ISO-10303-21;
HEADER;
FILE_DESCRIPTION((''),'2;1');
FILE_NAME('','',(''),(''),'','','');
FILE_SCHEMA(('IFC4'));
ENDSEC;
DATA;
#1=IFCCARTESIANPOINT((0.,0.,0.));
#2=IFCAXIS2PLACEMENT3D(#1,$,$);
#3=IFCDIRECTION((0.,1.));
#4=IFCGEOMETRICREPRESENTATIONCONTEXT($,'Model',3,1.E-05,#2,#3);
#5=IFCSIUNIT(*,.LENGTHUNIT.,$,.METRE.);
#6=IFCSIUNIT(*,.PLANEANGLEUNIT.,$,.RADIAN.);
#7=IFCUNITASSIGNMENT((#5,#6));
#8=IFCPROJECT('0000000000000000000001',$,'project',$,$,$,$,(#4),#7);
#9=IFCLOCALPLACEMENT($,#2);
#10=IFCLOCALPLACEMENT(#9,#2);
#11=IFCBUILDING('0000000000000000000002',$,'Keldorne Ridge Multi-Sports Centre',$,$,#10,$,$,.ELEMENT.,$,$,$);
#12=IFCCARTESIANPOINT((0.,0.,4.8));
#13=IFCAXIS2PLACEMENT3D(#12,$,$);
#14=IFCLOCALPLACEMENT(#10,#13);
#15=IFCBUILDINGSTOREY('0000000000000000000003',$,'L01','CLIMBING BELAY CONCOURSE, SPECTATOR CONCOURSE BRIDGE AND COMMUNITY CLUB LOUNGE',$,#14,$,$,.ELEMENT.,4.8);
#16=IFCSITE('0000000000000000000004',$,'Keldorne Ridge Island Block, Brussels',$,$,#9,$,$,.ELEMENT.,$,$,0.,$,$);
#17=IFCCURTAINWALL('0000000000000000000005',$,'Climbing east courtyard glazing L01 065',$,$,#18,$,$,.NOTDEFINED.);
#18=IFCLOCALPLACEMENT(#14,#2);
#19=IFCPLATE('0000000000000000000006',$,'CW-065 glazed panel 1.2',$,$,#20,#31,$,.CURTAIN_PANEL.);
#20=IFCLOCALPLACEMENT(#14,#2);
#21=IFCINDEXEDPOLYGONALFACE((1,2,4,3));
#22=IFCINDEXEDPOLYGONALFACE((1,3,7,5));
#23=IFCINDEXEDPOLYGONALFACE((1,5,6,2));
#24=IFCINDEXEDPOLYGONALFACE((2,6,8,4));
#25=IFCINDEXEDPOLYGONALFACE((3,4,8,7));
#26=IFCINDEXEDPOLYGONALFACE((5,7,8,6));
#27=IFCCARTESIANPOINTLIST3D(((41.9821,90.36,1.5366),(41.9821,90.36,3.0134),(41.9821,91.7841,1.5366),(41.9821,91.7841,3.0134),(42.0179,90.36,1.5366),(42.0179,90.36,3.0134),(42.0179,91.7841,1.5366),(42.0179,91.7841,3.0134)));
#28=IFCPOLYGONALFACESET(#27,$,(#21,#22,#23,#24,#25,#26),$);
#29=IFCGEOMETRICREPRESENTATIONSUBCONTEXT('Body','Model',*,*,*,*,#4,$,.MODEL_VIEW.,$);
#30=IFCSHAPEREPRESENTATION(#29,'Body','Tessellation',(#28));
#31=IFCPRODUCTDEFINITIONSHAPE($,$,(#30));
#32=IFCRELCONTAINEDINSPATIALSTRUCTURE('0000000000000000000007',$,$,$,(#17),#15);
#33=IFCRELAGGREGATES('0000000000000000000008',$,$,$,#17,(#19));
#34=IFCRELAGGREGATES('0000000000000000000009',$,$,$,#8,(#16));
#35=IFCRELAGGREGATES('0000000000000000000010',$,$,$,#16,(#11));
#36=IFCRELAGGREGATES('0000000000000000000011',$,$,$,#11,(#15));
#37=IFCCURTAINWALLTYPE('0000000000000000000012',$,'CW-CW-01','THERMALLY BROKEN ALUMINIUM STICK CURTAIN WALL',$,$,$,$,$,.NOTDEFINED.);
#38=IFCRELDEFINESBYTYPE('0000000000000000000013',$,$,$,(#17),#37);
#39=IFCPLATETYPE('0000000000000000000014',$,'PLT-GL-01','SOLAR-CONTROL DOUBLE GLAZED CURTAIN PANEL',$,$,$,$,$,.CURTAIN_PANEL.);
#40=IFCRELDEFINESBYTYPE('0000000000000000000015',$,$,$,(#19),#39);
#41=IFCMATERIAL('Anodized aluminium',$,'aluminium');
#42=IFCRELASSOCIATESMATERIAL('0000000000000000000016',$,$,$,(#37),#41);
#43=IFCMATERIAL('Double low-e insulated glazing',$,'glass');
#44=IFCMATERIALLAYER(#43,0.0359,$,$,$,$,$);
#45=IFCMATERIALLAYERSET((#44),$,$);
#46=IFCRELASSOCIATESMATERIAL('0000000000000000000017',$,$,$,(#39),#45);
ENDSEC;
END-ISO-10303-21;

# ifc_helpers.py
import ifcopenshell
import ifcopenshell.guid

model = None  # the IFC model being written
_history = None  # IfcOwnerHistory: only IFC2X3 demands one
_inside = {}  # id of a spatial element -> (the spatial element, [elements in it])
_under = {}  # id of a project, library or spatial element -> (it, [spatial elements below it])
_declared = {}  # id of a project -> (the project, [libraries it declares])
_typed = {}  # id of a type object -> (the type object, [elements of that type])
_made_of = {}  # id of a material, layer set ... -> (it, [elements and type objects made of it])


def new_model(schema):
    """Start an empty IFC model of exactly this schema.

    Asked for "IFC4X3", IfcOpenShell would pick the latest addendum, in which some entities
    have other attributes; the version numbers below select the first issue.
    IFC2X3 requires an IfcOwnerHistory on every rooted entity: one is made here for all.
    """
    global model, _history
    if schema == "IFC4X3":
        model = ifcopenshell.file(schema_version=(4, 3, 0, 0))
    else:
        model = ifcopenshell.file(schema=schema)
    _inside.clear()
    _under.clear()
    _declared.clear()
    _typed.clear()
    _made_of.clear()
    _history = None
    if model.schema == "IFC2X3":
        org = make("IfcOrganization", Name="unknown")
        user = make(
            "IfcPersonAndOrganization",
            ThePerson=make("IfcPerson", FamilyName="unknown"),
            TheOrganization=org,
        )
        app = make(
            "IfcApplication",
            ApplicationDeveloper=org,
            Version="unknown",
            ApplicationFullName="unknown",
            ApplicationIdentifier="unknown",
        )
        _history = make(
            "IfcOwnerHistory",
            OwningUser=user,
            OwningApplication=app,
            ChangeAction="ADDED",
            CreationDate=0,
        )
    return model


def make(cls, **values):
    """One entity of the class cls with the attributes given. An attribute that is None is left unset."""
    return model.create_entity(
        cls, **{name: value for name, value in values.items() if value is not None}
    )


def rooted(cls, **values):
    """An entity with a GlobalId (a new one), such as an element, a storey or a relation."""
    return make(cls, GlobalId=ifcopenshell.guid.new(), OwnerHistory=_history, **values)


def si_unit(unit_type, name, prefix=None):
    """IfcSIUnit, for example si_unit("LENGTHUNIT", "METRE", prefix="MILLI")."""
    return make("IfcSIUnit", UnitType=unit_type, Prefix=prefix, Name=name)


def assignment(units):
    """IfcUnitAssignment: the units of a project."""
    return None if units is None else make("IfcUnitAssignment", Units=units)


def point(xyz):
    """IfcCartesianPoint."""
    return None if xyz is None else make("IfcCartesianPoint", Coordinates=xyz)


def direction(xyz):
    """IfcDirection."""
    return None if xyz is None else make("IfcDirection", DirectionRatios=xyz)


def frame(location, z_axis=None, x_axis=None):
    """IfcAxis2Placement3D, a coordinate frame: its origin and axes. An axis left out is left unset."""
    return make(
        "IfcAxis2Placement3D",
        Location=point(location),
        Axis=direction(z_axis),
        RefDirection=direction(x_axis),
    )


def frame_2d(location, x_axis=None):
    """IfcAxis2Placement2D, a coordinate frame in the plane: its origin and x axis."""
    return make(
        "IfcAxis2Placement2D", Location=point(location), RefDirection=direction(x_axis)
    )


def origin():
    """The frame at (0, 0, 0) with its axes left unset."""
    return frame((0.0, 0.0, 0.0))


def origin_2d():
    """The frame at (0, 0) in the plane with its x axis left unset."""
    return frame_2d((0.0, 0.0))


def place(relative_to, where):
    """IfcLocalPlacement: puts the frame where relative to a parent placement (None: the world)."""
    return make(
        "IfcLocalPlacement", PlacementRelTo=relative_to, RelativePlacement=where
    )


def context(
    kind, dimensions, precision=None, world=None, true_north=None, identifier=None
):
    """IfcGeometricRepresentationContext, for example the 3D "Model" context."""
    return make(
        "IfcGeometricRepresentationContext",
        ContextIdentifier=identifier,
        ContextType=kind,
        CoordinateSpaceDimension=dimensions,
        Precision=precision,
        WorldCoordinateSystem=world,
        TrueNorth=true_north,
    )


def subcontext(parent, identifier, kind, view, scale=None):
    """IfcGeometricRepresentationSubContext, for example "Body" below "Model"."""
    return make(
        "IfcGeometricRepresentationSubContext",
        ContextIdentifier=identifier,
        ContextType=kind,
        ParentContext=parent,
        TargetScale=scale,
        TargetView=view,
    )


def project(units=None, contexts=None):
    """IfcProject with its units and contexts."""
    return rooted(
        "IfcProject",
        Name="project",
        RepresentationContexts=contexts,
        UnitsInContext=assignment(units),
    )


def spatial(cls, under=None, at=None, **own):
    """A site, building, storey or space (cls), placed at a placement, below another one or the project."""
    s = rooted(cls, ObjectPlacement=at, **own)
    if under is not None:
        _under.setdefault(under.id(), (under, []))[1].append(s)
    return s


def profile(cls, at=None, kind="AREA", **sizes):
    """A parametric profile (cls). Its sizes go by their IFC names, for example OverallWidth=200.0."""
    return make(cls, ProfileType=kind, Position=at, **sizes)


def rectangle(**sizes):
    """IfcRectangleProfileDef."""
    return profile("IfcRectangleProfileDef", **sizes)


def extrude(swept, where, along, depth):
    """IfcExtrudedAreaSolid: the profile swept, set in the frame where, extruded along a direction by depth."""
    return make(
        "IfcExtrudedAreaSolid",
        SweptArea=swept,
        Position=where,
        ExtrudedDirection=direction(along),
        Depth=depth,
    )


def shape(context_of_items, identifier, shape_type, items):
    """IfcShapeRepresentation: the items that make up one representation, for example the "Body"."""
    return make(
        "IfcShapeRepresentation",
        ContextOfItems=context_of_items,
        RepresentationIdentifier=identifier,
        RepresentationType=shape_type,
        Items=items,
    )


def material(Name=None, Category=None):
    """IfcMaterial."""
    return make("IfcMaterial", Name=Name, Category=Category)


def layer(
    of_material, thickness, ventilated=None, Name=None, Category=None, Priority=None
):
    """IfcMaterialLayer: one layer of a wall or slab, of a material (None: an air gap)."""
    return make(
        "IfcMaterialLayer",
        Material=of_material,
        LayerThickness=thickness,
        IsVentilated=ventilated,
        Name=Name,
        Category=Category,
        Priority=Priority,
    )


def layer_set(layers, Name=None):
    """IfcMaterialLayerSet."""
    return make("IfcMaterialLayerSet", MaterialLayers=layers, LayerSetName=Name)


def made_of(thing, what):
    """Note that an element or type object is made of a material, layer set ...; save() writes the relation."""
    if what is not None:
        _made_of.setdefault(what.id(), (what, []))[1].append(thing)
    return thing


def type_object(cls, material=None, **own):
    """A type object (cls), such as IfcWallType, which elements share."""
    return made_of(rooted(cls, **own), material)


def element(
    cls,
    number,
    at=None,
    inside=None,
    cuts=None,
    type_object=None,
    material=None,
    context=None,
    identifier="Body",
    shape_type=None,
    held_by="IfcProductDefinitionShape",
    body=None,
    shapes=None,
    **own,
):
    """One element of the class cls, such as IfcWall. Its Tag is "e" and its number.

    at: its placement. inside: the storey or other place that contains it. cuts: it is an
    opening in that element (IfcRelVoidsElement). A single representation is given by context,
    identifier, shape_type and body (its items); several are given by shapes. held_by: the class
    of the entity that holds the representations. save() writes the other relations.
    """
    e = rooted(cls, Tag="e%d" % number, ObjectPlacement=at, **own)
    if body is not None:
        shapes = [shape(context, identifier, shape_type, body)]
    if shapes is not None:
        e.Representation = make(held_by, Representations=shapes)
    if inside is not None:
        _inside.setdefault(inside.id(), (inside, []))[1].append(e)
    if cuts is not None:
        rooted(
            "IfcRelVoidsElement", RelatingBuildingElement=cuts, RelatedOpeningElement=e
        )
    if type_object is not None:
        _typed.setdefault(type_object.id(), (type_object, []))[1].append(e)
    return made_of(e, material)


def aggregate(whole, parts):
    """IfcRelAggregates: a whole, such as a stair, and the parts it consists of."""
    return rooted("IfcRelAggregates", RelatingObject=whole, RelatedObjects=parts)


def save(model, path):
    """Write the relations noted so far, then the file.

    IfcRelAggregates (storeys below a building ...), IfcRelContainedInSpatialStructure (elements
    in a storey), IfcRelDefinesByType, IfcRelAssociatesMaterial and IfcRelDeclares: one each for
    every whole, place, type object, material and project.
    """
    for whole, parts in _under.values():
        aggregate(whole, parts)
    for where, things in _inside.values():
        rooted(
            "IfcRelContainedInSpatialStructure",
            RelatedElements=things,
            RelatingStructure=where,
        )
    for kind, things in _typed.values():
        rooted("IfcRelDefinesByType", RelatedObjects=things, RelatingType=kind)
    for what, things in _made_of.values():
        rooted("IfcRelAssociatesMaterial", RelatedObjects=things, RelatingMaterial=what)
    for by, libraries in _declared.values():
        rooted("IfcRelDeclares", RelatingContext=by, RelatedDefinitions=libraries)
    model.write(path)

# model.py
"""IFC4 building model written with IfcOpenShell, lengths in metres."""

from ifc_helpers import new_model, si_unit, direction, frame, origin, origin_2d, place, context, subcontext, project, spatial, rectangle, extrude, material, layer, layer_set, type_object, element, aggregate, save


model = new_model("IFC4")

# Units and contexts
model_context = context("Model", 3, precision=1e-05, world=origin(), true_north=direction((0.0, 1.0)))
body_context = subcontext(model_context, "Body", "Model", "MODEL_VIEW")
ifc_project = project(units=[si_unit("LENGTHUNIT", "METRE"), si_unit("PLANEANGLEUNIT", "RADIAN")], contexts=[model_context])

# Site, building, storey
site_placement = place(None, origin())
site = spatial("IfcSite", under=ifc_project, at=site_placement, Name="Keldorne Ridge Island Block, Brussels", CompositionType="ELEMENT", RefElevation=0.0)
building_placement = place(site_placement, origin())
building = spatial("IfcBuilding", under=site, at=building_placement, Name="Keldorne Ridge Multi-Sports Centre", CompositionType="ELEMENT")
storey_placement = place(building_placement, frame((0.0, 0.0, 4.8)))
storey = spatial("IfcBuildingStorey", under=building, at=storey_placement, Name="L01", Description="CLIMBING BELAY CONCOURSE, SPECTATOR CONCOURSE BRIDGE AND COMMUNITY CLUB LOUNGE", CompositionType="ELEMENT", Elevation=4.8)

# Shared definitions
ifc_material_1 = material(Name="Anodized aluminium", Category="aluminium")

# Curtain wall
curtain_wall_type_1 = type_object("IfcCurtainWallType", Name="CW-CW-01", Description="THERMALLY BROKEN ALUMINIUM STICK CURTAIN WALL", PredefinedType="NOTDEFINED", material=ifc_material_1)
curtain_wall_1_placement = place(storey_placement, origin())
curtain_wall_1 = element("IfcCurtainWall", 1, at=curtain_wall_1_placement, inside=storey, type_object=curtain_wall_type_1, Name="Climbing east courtyard glazing L01 065", PredefinedType="NOTDEFINED")

# Plate
ifc_material_2 = material(Name="Double low-e insulated glazing", Category="glass")
ifc_layer = layer(ifc_material_2, 0.0359)
ifc_layer_set = layer_set([ifc_layer])
plate_type = type_object("IfcPlateType", Name="PLT-GL-01", Description="SOLAR-CONTROL DOUBLE GLAZED CURTAIN PANEL", PredefinedType="CURTAIN_PANEL", material=ifc_layer_set)
plate_1_placement = place(storey_placement, frame((42.0, 91.072, 1.5366), z_axis=(0.0, 0.0, 1.0), x_axis=(0.0, 1.0, 0.0)))
plate_1 = element("IfcPlate", 2, at=plate_1_placement, type_object=plate_type, Name="CW-065 glazed panel 1.2", PredefinedType="CURTAIN_PANEL", context=body_context, shape_type="SweptSolid", body=[
    extrude(rectangle(XDim=1.4241, YDim=0.0359, at=origin_2d()), origin(), (0.0, 0.0, 1.0), 1.4768),
])
aggregate(curtain_wall_1, [plate_1])

save(model, "model.ifc")
